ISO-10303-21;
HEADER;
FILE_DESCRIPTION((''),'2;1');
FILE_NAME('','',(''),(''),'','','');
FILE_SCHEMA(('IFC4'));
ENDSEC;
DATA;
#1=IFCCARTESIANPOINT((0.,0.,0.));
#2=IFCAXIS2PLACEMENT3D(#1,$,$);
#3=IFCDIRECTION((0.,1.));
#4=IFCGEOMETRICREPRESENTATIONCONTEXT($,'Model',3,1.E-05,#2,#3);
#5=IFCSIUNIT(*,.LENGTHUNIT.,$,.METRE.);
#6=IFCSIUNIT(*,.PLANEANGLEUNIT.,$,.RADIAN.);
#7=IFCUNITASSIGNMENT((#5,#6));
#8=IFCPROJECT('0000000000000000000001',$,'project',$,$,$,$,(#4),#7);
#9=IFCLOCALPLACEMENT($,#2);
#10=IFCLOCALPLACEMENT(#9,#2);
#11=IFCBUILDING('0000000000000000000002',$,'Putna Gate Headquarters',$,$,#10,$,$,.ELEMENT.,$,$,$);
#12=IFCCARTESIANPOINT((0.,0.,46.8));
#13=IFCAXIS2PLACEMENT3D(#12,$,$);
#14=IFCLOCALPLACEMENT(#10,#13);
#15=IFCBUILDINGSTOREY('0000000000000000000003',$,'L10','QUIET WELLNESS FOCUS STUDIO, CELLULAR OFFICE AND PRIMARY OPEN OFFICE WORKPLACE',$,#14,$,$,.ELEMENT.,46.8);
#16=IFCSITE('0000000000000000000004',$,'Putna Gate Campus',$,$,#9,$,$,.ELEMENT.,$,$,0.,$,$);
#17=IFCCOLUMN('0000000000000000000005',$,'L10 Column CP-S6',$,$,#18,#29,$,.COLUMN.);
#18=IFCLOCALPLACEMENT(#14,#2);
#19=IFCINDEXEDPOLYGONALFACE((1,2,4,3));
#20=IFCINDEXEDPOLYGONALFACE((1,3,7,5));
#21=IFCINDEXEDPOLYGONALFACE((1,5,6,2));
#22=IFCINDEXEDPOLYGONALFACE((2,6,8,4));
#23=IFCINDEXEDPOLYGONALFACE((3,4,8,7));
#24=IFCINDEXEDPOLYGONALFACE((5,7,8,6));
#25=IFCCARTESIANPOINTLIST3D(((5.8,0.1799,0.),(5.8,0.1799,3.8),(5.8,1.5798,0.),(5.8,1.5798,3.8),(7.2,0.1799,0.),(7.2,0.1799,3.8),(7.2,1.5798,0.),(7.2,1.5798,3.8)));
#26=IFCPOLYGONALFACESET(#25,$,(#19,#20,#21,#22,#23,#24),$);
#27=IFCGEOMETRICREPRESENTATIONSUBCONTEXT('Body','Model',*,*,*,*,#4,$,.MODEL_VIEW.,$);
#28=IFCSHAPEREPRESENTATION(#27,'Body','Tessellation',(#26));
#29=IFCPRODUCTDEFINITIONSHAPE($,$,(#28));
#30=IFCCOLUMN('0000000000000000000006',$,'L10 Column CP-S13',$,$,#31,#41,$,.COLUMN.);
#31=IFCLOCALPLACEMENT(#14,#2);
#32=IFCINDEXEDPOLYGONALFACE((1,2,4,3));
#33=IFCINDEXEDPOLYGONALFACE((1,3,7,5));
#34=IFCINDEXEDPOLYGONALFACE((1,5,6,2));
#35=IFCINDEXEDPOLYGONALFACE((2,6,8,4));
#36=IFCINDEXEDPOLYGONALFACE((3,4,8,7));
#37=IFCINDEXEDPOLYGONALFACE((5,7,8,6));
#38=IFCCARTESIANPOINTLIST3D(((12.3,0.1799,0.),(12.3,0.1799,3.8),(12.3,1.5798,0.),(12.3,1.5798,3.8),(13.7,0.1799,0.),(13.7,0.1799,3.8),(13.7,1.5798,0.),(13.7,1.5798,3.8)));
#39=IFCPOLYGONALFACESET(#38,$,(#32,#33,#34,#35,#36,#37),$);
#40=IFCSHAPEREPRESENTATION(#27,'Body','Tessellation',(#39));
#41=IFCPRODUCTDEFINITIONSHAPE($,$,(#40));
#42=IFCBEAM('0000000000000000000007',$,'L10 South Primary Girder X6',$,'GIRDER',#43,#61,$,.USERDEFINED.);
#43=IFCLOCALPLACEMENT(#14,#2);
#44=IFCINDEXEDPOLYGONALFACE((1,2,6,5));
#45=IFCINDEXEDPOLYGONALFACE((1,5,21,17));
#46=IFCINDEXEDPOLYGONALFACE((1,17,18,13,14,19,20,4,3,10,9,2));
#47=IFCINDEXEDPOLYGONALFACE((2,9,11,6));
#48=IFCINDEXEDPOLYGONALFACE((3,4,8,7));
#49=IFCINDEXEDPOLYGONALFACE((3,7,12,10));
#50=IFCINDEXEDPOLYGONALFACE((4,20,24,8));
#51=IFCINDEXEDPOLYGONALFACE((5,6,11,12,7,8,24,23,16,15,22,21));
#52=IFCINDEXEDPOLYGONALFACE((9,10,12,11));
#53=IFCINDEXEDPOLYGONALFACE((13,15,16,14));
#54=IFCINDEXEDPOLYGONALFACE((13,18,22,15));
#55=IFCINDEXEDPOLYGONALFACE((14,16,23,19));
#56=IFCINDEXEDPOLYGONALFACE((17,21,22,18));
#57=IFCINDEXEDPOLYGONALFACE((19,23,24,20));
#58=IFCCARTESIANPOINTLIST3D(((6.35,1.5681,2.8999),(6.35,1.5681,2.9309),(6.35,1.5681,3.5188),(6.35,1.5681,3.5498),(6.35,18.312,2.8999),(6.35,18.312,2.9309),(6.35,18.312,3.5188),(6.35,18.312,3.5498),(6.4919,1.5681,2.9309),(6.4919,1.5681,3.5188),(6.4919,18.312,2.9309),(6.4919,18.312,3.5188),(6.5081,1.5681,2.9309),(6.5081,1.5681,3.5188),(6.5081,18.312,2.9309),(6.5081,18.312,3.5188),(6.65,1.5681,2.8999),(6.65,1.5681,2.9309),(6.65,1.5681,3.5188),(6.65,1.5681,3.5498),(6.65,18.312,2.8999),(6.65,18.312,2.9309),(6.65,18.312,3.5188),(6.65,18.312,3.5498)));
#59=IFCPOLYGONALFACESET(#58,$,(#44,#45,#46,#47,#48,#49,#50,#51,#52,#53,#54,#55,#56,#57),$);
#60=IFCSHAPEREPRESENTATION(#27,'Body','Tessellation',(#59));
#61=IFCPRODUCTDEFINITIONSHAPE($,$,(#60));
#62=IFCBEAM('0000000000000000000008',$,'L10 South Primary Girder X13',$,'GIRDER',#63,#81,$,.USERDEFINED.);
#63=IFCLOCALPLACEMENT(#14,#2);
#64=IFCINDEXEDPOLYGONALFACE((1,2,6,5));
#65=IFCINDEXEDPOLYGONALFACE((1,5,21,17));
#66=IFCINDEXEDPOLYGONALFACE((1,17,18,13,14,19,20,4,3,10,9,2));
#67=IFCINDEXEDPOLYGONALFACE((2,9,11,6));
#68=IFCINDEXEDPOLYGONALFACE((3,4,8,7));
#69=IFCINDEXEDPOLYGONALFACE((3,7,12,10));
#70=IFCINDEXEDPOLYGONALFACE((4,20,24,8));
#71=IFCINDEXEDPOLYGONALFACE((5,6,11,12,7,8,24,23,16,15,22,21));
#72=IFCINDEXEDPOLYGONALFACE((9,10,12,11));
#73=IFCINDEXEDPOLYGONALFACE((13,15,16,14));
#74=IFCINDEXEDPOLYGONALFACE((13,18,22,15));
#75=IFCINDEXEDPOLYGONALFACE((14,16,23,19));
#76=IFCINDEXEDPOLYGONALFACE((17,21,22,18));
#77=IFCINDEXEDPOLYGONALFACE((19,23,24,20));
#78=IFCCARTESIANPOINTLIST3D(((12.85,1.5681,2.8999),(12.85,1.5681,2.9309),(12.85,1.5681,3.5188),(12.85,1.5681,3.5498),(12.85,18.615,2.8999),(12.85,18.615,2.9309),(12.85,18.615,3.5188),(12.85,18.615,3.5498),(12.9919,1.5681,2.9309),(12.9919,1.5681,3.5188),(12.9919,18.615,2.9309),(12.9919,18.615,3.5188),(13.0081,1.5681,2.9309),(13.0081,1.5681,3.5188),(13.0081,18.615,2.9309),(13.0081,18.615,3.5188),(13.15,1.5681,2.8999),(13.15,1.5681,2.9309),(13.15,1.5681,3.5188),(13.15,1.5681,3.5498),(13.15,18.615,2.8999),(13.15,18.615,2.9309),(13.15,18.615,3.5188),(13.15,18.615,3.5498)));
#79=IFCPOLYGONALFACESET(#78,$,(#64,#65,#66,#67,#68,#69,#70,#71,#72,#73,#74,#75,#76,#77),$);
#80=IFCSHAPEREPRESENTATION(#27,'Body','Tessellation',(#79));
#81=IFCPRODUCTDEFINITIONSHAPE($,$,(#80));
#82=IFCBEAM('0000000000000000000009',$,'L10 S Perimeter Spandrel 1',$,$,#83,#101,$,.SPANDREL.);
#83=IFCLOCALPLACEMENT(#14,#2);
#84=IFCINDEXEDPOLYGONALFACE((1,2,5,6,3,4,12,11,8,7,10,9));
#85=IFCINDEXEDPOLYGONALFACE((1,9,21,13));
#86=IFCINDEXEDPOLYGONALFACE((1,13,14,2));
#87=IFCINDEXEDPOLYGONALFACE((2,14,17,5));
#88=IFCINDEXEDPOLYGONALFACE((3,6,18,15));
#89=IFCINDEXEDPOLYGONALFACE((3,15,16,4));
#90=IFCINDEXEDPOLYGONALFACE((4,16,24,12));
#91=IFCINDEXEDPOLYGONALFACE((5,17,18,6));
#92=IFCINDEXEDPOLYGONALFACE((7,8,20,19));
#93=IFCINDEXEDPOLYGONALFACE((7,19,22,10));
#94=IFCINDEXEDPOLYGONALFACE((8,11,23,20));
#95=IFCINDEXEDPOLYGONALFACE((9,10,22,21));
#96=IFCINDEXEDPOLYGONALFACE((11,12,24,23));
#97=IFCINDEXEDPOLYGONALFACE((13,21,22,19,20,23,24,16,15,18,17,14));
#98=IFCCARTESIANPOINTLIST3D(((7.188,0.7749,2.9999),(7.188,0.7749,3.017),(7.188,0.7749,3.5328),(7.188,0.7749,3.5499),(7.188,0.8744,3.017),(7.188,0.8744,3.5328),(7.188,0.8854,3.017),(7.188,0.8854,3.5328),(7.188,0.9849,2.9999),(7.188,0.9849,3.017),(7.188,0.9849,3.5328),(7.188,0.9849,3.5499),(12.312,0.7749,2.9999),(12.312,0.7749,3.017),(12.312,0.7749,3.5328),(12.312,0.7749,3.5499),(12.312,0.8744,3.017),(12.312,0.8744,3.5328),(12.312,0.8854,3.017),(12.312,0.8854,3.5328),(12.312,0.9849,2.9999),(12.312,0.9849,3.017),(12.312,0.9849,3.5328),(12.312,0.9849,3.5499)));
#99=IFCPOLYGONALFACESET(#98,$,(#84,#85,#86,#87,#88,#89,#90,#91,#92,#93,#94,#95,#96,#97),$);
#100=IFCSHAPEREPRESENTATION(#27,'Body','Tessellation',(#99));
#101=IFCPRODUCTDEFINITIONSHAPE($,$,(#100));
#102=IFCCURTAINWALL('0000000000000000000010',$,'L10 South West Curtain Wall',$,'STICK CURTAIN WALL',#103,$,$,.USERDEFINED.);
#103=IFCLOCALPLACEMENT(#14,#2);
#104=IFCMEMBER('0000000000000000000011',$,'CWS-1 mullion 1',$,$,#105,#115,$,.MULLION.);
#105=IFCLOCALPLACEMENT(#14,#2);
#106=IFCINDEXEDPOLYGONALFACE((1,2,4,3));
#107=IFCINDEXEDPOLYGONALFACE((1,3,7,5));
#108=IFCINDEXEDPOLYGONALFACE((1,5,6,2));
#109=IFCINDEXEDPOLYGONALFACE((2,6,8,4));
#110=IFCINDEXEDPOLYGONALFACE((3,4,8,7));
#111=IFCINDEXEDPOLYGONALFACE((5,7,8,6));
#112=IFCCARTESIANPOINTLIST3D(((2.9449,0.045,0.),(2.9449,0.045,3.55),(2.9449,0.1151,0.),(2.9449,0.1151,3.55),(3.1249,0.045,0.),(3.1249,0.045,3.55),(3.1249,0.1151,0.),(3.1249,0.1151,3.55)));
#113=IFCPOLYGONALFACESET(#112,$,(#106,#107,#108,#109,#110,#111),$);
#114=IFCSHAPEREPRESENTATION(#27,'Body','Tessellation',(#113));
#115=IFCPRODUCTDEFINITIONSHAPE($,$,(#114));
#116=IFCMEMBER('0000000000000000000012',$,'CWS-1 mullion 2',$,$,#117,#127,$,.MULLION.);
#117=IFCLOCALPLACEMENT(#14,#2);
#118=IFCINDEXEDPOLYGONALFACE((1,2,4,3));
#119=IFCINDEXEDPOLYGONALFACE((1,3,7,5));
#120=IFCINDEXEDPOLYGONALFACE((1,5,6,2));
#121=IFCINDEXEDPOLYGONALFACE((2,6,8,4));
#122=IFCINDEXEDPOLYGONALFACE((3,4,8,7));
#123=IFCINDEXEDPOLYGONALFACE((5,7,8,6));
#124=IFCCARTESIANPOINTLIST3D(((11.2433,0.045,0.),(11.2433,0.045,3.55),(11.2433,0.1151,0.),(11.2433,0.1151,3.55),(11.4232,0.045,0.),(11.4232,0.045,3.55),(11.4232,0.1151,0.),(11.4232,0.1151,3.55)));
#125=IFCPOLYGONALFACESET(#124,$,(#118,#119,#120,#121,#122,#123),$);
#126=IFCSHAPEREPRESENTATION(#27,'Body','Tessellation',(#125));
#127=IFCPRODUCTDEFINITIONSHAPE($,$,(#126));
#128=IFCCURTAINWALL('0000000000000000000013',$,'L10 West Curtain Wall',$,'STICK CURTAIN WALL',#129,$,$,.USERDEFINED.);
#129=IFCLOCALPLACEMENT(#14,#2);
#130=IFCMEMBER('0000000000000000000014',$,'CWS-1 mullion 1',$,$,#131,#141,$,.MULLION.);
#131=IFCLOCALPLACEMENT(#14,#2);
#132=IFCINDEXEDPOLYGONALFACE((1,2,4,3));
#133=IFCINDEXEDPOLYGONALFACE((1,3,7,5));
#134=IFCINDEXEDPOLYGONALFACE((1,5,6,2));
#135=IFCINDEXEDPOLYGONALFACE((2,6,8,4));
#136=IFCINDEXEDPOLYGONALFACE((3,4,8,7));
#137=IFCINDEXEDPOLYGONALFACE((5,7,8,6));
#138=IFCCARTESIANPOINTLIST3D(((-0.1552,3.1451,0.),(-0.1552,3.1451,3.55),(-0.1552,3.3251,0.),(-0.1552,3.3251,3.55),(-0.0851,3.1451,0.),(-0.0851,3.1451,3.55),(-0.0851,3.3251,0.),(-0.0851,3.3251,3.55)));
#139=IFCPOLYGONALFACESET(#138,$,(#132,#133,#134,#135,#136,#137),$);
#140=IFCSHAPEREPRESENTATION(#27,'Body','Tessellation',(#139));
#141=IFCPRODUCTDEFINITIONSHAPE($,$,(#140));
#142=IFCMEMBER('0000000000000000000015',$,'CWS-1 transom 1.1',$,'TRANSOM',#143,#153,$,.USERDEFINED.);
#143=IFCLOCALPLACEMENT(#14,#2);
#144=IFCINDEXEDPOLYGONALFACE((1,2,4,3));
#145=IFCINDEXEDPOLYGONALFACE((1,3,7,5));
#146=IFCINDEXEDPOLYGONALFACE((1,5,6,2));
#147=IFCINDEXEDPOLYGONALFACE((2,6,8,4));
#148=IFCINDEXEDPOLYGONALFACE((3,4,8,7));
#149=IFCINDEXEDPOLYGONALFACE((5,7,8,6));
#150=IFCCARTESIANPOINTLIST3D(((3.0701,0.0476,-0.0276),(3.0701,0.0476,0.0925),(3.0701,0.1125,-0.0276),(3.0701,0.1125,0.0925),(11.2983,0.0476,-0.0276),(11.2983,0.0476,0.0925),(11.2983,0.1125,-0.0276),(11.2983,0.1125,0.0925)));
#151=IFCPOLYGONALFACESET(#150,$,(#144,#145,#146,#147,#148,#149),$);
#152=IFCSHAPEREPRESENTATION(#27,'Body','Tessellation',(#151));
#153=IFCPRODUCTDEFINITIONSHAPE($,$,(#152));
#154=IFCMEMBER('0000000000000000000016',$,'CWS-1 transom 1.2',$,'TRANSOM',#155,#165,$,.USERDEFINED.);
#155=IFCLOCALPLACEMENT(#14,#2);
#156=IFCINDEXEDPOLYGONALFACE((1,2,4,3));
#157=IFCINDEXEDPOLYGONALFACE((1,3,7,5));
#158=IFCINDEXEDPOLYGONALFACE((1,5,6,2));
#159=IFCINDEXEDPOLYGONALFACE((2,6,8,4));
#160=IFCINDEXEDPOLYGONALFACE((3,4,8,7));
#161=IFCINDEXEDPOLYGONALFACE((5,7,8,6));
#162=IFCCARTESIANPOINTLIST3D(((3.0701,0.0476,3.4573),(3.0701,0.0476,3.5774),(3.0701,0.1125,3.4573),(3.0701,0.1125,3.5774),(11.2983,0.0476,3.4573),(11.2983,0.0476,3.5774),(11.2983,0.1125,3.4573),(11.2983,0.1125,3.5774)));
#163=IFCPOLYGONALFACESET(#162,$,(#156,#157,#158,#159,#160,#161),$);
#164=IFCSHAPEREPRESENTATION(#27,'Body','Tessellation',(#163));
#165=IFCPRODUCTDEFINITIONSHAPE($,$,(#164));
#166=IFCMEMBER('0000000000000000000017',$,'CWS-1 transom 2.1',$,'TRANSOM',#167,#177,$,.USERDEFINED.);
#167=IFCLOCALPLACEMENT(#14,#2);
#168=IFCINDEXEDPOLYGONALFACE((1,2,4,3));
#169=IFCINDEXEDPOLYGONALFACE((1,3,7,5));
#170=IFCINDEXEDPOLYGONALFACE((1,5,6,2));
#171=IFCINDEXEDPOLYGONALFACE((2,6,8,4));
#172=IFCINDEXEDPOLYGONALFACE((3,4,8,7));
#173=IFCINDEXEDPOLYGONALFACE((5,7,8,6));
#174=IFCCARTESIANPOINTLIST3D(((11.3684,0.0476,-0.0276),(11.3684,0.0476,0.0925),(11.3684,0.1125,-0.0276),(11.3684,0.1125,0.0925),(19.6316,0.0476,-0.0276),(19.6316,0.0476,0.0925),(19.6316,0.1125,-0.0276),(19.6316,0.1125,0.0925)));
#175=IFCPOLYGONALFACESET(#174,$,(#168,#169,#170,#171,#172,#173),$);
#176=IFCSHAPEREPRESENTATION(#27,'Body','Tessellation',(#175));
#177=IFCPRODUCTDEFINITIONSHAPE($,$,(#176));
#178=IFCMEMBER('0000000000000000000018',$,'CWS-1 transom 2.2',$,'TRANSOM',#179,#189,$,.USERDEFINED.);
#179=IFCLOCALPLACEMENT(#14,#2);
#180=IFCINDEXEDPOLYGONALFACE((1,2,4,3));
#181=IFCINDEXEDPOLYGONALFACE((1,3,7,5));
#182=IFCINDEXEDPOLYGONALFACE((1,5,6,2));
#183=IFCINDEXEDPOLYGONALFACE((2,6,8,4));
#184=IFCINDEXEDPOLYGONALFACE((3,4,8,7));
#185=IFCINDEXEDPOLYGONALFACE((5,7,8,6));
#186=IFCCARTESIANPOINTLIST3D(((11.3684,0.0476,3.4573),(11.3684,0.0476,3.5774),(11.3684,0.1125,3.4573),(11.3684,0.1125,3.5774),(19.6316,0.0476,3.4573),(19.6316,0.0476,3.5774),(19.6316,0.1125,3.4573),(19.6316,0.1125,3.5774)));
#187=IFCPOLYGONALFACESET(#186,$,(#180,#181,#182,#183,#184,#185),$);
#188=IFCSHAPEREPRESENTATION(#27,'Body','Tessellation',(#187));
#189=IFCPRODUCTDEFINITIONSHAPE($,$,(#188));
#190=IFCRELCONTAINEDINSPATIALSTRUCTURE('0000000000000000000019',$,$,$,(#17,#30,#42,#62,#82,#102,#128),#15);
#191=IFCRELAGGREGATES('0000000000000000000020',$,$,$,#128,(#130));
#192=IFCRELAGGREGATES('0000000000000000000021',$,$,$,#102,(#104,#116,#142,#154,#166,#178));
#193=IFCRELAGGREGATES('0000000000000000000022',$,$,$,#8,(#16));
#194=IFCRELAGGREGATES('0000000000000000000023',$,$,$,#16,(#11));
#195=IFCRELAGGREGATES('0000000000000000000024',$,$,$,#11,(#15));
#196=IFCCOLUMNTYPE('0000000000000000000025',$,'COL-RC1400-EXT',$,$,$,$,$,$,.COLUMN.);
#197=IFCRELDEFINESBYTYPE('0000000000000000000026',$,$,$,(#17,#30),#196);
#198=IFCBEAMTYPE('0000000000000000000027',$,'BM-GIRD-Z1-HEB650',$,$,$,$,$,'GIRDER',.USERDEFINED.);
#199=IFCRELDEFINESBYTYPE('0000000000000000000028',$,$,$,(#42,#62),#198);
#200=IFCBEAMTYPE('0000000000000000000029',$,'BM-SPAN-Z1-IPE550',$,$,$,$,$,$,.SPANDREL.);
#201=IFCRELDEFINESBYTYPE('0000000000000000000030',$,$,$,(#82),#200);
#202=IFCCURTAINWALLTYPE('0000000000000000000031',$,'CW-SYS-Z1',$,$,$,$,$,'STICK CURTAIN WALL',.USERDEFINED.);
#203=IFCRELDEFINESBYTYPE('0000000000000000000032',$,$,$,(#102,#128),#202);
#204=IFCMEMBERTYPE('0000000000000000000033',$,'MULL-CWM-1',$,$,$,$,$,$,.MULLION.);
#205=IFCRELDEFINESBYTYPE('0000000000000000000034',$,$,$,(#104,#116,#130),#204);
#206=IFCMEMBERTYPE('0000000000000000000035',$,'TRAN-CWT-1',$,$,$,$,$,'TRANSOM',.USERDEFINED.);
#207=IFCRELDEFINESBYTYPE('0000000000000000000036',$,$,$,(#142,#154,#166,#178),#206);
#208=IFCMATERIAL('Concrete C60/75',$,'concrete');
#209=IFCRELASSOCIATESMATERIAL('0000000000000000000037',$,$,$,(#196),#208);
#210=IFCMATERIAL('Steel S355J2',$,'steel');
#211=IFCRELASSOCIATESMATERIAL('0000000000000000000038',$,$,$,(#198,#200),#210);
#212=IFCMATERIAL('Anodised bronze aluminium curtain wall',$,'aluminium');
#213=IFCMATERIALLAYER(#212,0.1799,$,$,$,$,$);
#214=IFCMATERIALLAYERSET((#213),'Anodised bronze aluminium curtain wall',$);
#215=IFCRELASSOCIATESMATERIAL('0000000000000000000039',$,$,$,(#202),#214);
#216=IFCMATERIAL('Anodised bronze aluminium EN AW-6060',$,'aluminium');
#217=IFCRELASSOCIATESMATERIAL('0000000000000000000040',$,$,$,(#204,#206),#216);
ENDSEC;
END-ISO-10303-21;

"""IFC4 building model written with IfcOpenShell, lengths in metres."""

from ifc_helpers import new_model, si_unit, direction, frame, origin, origin_2d, place, context, subcontext, project, spatial, rectangle, i_section, extrude, material, layer, layer_set, material_profile, profile_set, type_object, element, aggregate, save


model = new_model("IFC4")

# Units and contexts
model_context = context("Model", 3, precision=1e-05, world=origin(), true_north=direction((0.0, 1.0)))
body_context = subcontext(model_context, "Body", "Model", "MODEL_VIEW")
ifc_project = project(units=[si_unit("LENGTHUNIT", "METRE"), si_unit("PLANEANGLEUNIT", "RADIAN")], contexts=[model_context])

# Site, building, storey
site_placement = place(None, origin())
site = spatial("IfcSite", under=ifc_project, at=site_placement, Name="Putna Gate Campus", CompositionType="ELEMENT", RefElevation=0.0)
building_placement = place(site_placement, origin())
building = spatial("IfcBuilding", under=site, at=building_placement, Name="Putna Gate Headquarters", CompositionType="ELEMENT")
storey_placement = place(building_placement, frame((0.0, 0.0, 46.8)))
storey = spatial("IfcBuildingStorey", under=building, at=storey_placement, Name="L10", Description="QUIET WELLNESS FOCUS STUDIO, CELLULAR OFFICE AND PRIMARY OPEN OFFICE WORKPLACE", CompositionType="ELEMENT", Elevation=46.8)

# Columns
ifc_material_1 = material(Name="Concrete C60/75", Category="concrete")
ifc_material_profile_1 = material_profile(ifc_material_1, rectangle(XDim=1.3999, YDim=1.3999, at=origin_2d()), Name="Concrete C60/75")
ifc_profile_set_1 = profile_set([ifc_material_profile_1], Name="Concrete C60/75")
column_type = type_object("IfcColumnType", Name="COL-RC1400-EXT", PredefinedType="COLUMN", material=ifc_profile_set_1)
for number, where, z_axis, x_axis, name in (
    (1, (6.5, 0.8799, 0.0), (0.0, 0.0, 1.0), (1.0, 0.0, 0.0), "L10 Column CP-S6"),
    (2, (13.0, 0.8799, 0.0), (0.0, 0.0, 1.0), (1.0, 0.0, 0.0), "L10 Column CP-S13"),
):
    element("IfcColumn", number, at=place(storey_placement, frame(where, z_axis=z_axis, x_axis=x_axis)), inside=storey, type_object=column_type, Name=name, PredefinedType="COLUMN", context=body_context, shape_type="SweptSolid", body=[
        extrude(rectangle(XDim=1.3999, YDim=1.3999, at=origin_2d()), origin(), (0.0, 0.0, 1.0), 3.8),
    ])

# Beams
ifc_material_2 = material(Name="Steel S355J2", Category="steel")
ifc_material_profile_2 = material_profile(ifc_material_2, i_section(OverallWidth=0.3, OverallDepth=0.6499, WebThickness=0.0161, FlangeThickness=0.031, at=origin_2d()), Name="Steel S355J2")
ifc_profile_set_2 = profile_set([ifc_material_profile_2], Name="Steel S355J2")
beam_type_1 = type_object("IfcBeamType", Name="BM-GIRD-Z1-HEB650", ElementType="GIRDER", PredefinedType="USERDEFINED", material=ifc_profile_set_2)
beam_1_placement = place(storey_placement, frame((6.5, 1.5681, 3.2249), z_axis=(0.0, 1.0, 0.0), x_axis=(-1.0, 0.0, 0.0)))
element("IfcBeam", 3, at=beam_1_placement, inside=storey, type_object=beam_type_1, Name="L10 South Primary Girder X6", ObjectType="GIRDER", PredefinedType="USERDEFINED", context=body_context, shape_type="SweptSolid", body=[
    extrude(i_section(OverallWidth=0.3, OverallDepth=0.6499, WebThickness=0.0161, FlangeThickness=0.031, at=origin_2d()), origin(), (0.0, 0.0, 1.0), 16.7439),
])
beam_2_placement = place(storey_placement, frame((13.0, 1.5681, 3.2249), z_axis=(0.0, 1.0, 0.0), x_axis=(-1.0, 0.0, 0.0)))
element("IfcBeam", 4, at=beam_2_placement, inside=storey, type_object=beam_type_1, Name="L10 South Primary Girder X13", ObjectType="GIRDER", PredefinedType="USERDEFINED", context=body_context, shape_type="SweptSolid", body=[
    extrude(i_section(OverallWidth=0.3, OverallDepth=0.6499, WebThickness=0.0161, FlangeThickness=0.031, at=origin_2d()), origin(), (0.0, 0.0, 1.0), 17.0469),
])
ifc_material_profile_3 = material_profile(ifc_material_2, i_section(OverallWidth=0.21, OverallDepth=0.55, WebThickness=0.011, FlangeThickness=0.0171, at=origin_2d()), Name="Steel S355J2")
ifc_profile_set_3 = profile_set([ifc_material_profile_3], Name="Steel S355J2")
beam_type_2 = type_object("IfcBeamType", Name="BM-SPAN-Z1-IPE550", PredefinedType="SPANDREL", material=ifc_profile_set_3)
beam_3_placement = place(storey_placement, frame((7.188, 0.8799, 3.2749), z_axis=(1.0, 0.0, 0.0), x_axis=(0.0, 1.0, 0.0)))
element("IfcBeam", 5, at=beam_3_placement, inside=storey, type_object=beam_type_2, Name="L10 S Perimeter Spandrel 1", PredefinedType="SPANDREL", context=body_context, shape_type="SweptSolid", body=[
    extrude(i_section(OverallWidth=0.21, OverallDepth=0.55, WebThickness=0.011, FlangeThickness=0.0171, at=origin_2d()), origin(), (0.0, 0.0, 1.0), 5.124),
])

# Curtain wall, members
ifc_material_3 = material(Name="Anodised bronze aluminium curtain wall", Category="aluminium")
ifc_layer_1 = layer(ifc_material_3, 0.1799)
ifc_layer_set_1 = layer_set([ifc_layer_1], Name="Anodised bronze aluminium curtain wall")
curtain_wall_type = type_object("IfcCurtainWallType", Name="CW-SYS-Z1", ElementType="STICK CURTAIN WALL", PredefinedType="USERDEFINED", material=ifc_layer_set_1)
curtain_wall_1_placement = place(storey_placement, origin())
curtain_wall_1 = element("IfcCurtainWall", 6, at=curtain_wall_1_placement, inside=storey, type_object=curtain_wall_type, Name="L10 South West Curtain Wall", ObjectType="STICK CURTAIN WALL", PredefinedType="USERDEFINED")
ifc_material_4 = material(Name="Anodised bronze aluminium EN AW-6060", Category="aluminium")
ifc_material_profile_4 = material_profile(ifc_material_4, rectangle(XDim=0.0701, YDim=0.1799, at=origin_2d()), Name="Anodised bronze aluminium EN AW-6060")
ifc_profile_set_4 = profile_set([ifc_material_profile_4], Name="Anodised bronze aluminium EN AW-6060")
member_type_1 = type_object("IfcMemberType", Name="MULL-CWM-1", PredefinedType="MULLION", material=ifc_profile_set_4)
member_1_placement = place(storey_placement, frame((3.0349, 0.0801, 0.0), z_axis=(0.0, 0.0, 1.0), x_axis=(0.0, 1.0, 0.0)))
member_1 = element("IfcMember", 7, at=member_1_placement, type_object=member_type_1, Name="CWS-1 mullion 1", PredefinedType="MULLION", context=body_context, shape_type="SweptSolid", body=[
    extrude(rectangle(XDim=0.0701, YDim=0.1799, at=origin_2d()), origin(), (0.0, 0.0, 1.0), 3.55),
])
member_2_placement = place(storey_placement, frame((11.3333, 0.0801, 0.0), z_axis=(0.0, 0.0, 1.0), x_axis=(0.0, 1.0, 0.0)))
member_2 = element("IfcMember", 8, at=member_2_placement, type_object=member_type_1, Name="CWS-1 mullion 2", PredefinedType="MULLION", context=body_context, shape_type="SweptSolid", body=[
    extrude(rectangle(XDim=0.0701, YDim=0.1799, at=origin_2d()), origin(), (0.0, 0.0, 1.0), 3.55),
])

# Curtain wall, member
curtain_wall_2_placement = place(storey_placement, origin())
curtain_wall_2 = element("IfcCurtainWall", 9, at=curtain_wall_2_placement, inside=storey, type_object=curtain_wall_type, Name="L10 West Curtain Wall", ObjectType="STICK CURTAIN WALL", PredefinedType="USERDEFINED")
member_3_placement = place(storey_placement, frame((-0.1201, 3.2351, 0.0), z_axis=(0.0, 0.0, 1.0), x_axis=(-1.0, 0.0, 0.0)))
member_3 = element("IfcMember", 10, at=member_3_placement, type_object=member_type_1, Name="CWS-1 mullion 1", PredefinedType="MULLION", context=body_context, shape_type="SweptSolid", body=[
    extrude(rectangle(XDim=0.0701, YDim=0.1799, at=origin_2d()), origin(), (0.0, 0.0, 1.0), 3.55),
])

# Members
ifc_material_profile_5 = material_profile(ifc_material_4, rectangle(XDim=0.0649, YDim=0.1201, at=origin_2d()), Name="Anodised bronze aluminium EN AW-6060")
ifc_profile_set_5 = profile_set([ifc_material_profile_5], Name="Anodised bronze aluminium EN AW-6060")
member_type_2 = type_object("IfcMemberType", Name="TRAN-CWT-1", ElementType="TRANSOM", PredefinedType="USERDEFINED", material=ifc_profile_set_5)
member_4_placement = place(storey_placement, frame((3.0701, 0.0801, 0.0325), z_axis=(1.0, 0.0, 0.0), x_axis=(0.0, 1.0, 0.0)))
member_4 = element("IfcMember", 11, at=member_4_placement, type_object=member_type_2, Name="CWS-1 transom 1.1", ObjectType="TRANSOM", PredefinedType="USERDEFINED", context=body_context, shape_type="SweptSolid", body=[
    extrude(rectangle(XDim=0.0649, YDim=0.1201, at=origin_2d()), origin(), (0.0, 0.0, 1.0), 8.2283),
])
member_5_placement = place(storey_placement, frame((3.0701, 0.0801, 3.5173), z_axis=(1.0, 0.0, 0.0), x_axis=(0.0, 1.0, 0.0)))
member_5 = element("IfcMember", 12, at=member_5_placement, type_object=member_type_2, Name="CWS-1 transom 1.2", ObjectType="TRANSOM", PredefinedType="USERDEFINED", context=body_context, shape_type="SweptSolid", body=[
    extrude(rectangle(XDim=0.0649, YDim=0.1201, at=origin_2d()), origin(), (0.0, 0.0, 1.0), 8.2283),
])
member_6_placement = place(storey_placement, frame((11.3684, 0.0801, 0.0325), z_axis=(1.0, 0.0, 0.0), x_axis=(0.0, 1.0, 0.0)))
member_6 = element("IfcMember", 13, at=member_6_placement, type_object=member_type_2, Name="CWS-1 transom 2.1", ObjectType="TRANSOM", PredefinedType="USERDEFINED", context=body_context, shape_type="SweptSolid", body=[
    extrude(rectangle(XDim=0.0649, YDim=0.1201, at=origin_2d()), origin(), (0.0, 0.0, 1.0), 8.2632),
])
member_7_placement = place(storey_placement, frame((11.3684, 0.0801, 3.5173), z_axis=(1.0, 0.0, 0.0), x_axis=(0.0, 1.0, 0.0)))
member_7 = element("IfcMember", 14, at=member_7_placement, type_object=member_type_2, Name="CWS-1 transom 2.2", ObjectType="TRANSOM", PredefinedType="USERDEFINED", context=body_context, shape_type="SweptSolid", body=[
    extrude(rectangle(XDim=0.0649, YDim=0.1201, at=origin_2d()), origin(), (0.0, 0.0, 1.0), 8.2632),
])
aggregate(curtain_wall_2, [member_3])

aggregate(curtain_wall_1, [member_1, member_2, member_4, member_5, member_6, member_7])

save(model, "model.ifc")
